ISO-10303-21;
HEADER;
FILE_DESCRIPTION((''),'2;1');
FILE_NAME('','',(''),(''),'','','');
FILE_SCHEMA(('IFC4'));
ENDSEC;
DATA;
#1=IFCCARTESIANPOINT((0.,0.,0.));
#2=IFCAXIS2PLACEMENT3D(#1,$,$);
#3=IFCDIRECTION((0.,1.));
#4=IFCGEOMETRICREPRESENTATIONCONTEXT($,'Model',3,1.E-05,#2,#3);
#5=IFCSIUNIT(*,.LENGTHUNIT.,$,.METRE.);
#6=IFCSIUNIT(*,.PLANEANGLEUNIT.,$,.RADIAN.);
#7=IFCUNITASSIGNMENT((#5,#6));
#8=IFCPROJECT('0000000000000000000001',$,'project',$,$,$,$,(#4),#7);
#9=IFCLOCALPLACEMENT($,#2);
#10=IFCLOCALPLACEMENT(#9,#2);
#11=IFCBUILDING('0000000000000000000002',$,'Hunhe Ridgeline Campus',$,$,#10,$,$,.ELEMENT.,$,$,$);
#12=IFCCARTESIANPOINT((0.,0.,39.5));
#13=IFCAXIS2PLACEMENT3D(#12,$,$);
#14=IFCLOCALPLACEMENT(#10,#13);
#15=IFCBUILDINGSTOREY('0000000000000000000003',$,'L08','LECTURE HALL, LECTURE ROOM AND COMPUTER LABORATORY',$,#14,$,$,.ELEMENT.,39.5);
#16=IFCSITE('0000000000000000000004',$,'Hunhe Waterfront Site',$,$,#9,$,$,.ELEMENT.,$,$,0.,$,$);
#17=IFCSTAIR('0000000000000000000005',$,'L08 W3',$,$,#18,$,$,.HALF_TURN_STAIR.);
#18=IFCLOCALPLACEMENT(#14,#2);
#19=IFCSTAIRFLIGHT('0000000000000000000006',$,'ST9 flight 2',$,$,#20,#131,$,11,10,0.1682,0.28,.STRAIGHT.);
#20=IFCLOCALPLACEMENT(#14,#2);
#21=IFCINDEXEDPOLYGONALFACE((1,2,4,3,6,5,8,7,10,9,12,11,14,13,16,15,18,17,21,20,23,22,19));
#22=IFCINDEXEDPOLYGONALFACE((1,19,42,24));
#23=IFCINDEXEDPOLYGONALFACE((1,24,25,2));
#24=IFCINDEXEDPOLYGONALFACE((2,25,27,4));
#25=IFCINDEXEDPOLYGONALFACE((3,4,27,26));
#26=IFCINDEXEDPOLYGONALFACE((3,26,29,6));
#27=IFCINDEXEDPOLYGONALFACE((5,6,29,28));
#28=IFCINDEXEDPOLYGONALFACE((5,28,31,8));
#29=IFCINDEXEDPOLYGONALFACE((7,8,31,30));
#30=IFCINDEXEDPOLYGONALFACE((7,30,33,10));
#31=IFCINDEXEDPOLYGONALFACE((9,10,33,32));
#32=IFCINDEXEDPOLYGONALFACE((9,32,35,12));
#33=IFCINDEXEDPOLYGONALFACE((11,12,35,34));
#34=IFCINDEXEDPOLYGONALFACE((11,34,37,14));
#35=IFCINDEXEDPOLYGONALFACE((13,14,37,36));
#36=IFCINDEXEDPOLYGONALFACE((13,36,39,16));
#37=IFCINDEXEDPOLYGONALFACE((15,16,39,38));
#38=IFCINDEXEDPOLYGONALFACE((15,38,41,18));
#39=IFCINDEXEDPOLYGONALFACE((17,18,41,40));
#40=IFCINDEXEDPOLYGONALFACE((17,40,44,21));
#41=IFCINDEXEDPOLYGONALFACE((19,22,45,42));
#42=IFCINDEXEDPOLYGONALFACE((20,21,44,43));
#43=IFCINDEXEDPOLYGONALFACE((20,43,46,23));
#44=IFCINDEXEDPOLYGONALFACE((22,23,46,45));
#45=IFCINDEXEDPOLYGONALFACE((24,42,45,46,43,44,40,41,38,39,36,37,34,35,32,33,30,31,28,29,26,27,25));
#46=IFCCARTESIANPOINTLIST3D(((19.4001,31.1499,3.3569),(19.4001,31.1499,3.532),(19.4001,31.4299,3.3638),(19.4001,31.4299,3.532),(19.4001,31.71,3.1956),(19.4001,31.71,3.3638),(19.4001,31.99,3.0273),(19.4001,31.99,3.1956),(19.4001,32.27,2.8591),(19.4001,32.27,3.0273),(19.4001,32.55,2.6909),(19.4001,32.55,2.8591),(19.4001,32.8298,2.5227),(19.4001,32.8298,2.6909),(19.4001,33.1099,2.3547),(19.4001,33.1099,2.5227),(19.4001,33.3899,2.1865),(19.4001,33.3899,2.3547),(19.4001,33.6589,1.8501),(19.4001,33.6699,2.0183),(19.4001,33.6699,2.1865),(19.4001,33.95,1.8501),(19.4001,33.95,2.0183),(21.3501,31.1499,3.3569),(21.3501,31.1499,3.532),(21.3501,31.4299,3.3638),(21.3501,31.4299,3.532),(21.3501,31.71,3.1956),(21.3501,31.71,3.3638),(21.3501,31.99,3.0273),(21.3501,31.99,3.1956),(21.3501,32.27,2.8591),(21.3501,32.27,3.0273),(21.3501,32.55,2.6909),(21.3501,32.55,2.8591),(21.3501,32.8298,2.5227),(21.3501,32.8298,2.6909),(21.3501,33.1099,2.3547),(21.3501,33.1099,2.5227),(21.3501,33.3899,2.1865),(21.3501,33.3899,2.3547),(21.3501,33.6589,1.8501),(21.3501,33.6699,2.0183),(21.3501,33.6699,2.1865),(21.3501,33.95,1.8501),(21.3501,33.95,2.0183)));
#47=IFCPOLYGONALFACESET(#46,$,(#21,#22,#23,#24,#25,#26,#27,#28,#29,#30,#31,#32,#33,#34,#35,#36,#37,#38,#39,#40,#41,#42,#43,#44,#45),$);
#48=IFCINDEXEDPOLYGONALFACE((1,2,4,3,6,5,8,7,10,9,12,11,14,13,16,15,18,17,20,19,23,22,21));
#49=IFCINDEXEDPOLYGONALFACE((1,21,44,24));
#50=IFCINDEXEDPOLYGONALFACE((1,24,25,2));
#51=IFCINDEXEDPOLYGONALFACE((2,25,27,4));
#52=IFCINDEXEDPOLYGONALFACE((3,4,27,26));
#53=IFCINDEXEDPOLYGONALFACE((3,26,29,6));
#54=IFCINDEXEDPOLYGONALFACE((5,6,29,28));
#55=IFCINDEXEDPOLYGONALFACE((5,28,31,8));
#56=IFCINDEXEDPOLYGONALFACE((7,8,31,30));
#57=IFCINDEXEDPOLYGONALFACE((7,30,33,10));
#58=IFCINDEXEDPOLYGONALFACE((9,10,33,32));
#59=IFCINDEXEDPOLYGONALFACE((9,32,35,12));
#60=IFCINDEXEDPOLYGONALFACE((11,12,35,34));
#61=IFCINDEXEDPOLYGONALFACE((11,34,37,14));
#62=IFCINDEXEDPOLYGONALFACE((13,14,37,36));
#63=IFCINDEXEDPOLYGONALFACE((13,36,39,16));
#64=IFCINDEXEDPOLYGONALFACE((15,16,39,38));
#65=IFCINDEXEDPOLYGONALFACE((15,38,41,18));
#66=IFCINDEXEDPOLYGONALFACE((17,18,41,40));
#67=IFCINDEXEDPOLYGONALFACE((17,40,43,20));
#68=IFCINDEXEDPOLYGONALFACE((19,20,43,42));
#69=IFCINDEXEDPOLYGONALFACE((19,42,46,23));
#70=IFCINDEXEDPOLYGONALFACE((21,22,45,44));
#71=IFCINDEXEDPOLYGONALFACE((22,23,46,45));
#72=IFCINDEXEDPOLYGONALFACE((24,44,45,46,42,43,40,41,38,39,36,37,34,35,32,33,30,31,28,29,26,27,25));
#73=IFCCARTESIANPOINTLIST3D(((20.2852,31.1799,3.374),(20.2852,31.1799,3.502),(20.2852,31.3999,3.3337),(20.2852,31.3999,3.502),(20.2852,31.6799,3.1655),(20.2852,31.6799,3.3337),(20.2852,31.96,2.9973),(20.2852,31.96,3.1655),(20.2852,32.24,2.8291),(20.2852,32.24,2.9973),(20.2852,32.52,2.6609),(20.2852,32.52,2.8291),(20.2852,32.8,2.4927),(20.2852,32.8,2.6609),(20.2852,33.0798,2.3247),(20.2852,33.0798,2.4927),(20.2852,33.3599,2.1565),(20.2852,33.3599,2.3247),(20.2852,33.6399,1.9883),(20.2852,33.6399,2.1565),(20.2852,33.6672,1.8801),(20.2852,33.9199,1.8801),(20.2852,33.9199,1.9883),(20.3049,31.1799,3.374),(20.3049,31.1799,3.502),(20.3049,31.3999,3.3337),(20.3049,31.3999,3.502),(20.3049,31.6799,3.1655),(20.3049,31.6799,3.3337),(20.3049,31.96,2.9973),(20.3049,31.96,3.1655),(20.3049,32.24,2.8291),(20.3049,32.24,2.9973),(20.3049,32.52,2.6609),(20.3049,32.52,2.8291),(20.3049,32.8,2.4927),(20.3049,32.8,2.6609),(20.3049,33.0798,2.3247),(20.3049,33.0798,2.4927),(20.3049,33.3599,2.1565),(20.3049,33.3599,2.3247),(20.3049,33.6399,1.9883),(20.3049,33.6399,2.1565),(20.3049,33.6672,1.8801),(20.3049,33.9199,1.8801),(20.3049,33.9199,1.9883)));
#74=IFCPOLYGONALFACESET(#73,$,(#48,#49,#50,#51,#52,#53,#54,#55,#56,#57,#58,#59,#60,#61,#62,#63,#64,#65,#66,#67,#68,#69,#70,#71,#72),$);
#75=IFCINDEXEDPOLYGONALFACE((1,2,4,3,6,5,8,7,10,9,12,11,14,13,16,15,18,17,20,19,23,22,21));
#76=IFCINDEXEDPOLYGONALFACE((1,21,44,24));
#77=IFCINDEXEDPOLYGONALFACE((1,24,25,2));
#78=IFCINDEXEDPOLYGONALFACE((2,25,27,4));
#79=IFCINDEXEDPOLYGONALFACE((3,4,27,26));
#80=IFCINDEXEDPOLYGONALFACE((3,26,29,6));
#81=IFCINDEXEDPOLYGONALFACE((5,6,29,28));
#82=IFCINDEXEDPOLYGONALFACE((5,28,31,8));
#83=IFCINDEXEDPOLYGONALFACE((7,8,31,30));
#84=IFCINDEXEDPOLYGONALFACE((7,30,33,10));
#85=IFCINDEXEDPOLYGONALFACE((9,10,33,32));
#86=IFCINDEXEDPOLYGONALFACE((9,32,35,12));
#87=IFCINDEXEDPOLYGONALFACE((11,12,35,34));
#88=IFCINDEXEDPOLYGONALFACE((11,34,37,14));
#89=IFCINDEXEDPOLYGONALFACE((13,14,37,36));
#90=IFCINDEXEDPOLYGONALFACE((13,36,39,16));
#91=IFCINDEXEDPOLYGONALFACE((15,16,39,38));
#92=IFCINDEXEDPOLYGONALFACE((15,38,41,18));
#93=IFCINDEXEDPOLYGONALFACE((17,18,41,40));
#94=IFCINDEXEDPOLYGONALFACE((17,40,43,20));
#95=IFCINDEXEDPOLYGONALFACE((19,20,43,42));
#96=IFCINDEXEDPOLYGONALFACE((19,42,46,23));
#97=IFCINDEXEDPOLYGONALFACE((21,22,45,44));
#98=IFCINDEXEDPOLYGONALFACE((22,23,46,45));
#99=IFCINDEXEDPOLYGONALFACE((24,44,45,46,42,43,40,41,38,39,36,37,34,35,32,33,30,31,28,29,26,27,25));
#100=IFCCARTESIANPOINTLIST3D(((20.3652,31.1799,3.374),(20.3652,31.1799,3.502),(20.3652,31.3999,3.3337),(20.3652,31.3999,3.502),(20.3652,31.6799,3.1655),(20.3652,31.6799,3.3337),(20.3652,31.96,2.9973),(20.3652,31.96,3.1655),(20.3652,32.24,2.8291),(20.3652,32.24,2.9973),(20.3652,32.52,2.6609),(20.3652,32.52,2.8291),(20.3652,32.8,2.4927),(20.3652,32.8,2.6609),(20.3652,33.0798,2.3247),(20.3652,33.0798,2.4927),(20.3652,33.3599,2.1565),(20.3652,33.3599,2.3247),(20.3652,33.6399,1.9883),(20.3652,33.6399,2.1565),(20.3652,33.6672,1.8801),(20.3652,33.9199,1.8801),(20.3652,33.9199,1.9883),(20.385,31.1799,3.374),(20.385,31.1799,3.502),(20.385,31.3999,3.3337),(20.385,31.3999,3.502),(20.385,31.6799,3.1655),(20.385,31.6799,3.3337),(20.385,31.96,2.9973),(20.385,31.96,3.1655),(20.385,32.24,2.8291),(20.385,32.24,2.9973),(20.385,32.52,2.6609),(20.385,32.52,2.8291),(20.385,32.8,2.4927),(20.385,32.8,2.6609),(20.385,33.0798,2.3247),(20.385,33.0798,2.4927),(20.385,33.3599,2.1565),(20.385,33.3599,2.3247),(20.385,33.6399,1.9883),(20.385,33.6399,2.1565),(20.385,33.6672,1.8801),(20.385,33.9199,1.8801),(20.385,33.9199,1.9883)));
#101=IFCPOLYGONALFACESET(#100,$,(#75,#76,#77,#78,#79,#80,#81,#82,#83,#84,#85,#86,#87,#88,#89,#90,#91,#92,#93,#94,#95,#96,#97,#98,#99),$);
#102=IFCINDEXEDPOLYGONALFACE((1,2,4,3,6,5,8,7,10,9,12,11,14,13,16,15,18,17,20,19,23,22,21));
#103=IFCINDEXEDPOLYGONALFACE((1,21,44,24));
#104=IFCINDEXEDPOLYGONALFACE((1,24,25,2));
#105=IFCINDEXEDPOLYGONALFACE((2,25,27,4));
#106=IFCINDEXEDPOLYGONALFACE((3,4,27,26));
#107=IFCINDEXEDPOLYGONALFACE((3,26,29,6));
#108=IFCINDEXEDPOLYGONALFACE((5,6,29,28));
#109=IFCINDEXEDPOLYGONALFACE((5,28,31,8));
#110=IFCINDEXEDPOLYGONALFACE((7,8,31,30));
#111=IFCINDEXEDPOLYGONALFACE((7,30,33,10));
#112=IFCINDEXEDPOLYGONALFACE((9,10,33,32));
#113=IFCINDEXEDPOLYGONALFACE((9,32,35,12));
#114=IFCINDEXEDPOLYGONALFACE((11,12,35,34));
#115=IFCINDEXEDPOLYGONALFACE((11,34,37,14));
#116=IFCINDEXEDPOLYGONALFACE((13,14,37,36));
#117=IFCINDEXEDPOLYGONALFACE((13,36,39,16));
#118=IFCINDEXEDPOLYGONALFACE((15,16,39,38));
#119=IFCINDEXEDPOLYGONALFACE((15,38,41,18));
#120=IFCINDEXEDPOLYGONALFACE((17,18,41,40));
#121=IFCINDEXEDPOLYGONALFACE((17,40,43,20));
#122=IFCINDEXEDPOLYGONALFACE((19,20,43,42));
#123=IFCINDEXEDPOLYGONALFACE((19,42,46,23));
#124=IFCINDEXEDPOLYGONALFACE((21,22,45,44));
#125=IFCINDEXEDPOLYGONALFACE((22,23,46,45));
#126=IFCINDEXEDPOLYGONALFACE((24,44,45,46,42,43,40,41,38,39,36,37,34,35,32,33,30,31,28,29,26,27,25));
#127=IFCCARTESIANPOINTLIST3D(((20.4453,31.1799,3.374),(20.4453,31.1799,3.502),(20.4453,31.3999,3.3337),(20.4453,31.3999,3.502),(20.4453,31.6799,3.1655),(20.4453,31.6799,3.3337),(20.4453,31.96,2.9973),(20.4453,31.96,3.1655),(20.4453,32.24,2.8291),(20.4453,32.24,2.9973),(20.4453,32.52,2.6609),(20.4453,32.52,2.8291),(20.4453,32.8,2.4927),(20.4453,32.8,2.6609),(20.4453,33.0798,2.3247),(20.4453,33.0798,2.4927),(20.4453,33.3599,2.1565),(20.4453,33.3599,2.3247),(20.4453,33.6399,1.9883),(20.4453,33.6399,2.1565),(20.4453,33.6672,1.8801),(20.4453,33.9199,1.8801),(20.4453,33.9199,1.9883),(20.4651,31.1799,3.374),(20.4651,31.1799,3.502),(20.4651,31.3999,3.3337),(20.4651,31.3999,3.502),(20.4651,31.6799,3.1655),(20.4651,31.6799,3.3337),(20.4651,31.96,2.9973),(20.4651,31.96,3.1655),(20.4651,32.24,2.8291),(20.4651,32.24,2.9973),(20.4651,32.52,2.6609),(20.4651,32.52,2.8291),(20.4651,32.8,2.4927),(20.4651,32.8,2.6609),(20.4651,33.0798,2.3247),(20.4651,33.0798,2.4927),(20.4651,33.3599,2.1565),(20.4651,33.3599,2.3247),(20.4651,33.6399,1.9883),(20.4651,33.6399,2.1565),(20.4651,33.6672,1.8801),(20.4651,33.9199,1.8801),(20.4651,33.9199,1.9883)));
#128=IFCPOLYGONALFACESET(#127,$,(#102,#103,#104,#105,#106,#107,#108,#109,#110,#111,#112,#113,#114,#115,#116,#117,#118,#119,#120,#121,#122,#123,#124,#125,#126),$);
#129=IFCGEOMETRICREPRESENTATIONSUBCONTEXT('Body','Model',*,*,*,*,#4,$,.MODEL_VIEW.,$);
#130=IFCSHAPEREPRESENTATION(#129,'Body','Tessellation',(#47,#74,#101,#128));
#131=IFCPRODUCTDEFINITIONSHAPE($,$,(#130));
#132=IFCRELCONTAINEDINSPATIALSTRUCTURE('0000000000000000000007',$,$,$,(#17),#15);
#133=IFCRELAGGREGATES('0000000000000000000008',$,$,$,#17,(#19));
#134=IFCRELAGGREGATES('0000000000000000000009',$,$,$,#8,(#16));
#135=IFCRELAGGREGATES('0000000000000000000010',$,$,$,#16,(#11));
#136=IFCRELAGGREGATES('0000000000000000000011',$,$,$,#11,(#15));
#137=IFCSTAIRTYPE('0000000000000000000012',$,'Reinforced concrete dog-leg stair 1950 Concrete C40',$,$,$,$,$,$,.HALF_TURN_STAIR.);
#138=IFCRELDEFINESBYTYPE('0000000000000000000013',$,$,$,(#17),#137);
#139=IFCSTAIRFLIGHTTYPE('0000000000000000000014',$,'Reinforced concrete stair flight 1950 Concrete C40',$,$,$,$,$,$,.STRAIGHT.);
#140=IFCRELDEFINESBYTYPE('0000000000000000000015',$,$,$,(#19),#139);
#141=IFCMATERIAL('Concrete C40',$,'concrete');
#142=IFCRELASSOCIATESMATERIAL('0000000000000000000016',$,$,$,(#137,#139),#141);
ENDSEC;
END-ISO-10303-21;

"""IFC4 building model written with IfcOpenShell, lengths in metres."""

from ifc_helpers import new_model, si_unit, direction, frame, origin, place, context, subcontext, project, spatial, polyline, outline, extrude, material, type_object, element, aggregate, save


model = new_model("IFC4")

# Units and contexts
model_context = context("Model", 3, precision=1e-05, world=origin(), true_north=direction((0.0, 1.0)))
body_context = subcontext(model_context, "Body", "Model", "MODEL_VIEW")
ifc_project = project(units=[si_unit("LENGTHUNIT", "METRE"), si_unit("PLANEANGLEUNIT", "RADIAN")], contexts=[model_context])

# Site, building, storey
site_placement = place(None, origin())
site = spatial("IfcSite", under=ifc_project, at=site_placement, Name="Hunhe Waterfront Site", CompositionType="ELEMENT", RefElevation=0.0)
building_placement = place(site_placement, origin())
building = spatial("IfcBuilding", under=site, at=building_placement, Name="Hunhe Ridgeline Campus", CompositionType="ELEMENT")
storey_placement = place(building_placement, frame((0.0, 0.0, 39.5)))
storey = spatial("IfcBuildingStorey", under=building, at=storey_placement, Name="L08", Description="LECTURE HALL, LECTURE ROOM AND COMPUTER LABORATORY", CompositionType="ELEMENT", Elevation=39.5)

# Stair, stair flight
ifc_material_1 = material(Name="Concrete C40", Category="concrete")
stair_type = type_object("IfcStairType", Name="Reinforced concrete dog-leg stair 1950 Concrete C40", PredefinedType="HALF_TURN_STAIR", material=ifc_material_1)
stair_placement = place(storey_placement, origin())
stair = element("IfcStair", 1, at=stair_placement, inside=storey, type_object=stair_type, Name="L08 W3", PredefinedType="HALF_TURN_STAIR")
stair_flight_type = type_object("IfcStairFlightType", Name="Reinforced concrete stair flight 1950 Concrete C40", PredefinedType="STRAIGHT", material=ifc_material_1)
stair_flight_placement = place(storey_placement, frame((20.375, 33.95, 1.8501), z_axis=(0.0, 0.0, 1.0), x_axis=(0.0, -1.0, 0.0)))
stair_flight = element("IfcStairFlight", 2, at=stair_flight_placement, type_object=stair_flight_type, Name="ST9 flight 2", NumberOfRisers=11, NumberOfTreads=10, PredefinedType="STRAIGHT", RiserHeight=0.1682, TreadLength=0.28, context=body_context, shape_type="SweptSolid", body=[
    extrude(outline(polyline([(0.0, 0.0), (0.0, 0.1682), (0.28, 0.1682), (0.28, 0.3364), (0.5601, 0.3364), (0.5601, 0.5046), (0.8401, 0.5046), (0.8401, 0.6726), (1.1201, 0.6726), (1.1201, 0.8408), (1.3999, 0.8408), (1.3999, 1.009), (1.6799, 1.009), (1.6799, 1.1772), (1.96, 1.1772), (1.96, 1.3455), (2.24, 1.3455), (2.24, 1.5137), (2.52, 1.5137), (2.52, 1.6819), (2.8, 1.6819), (2.8, 1.8501), (2.8, 1.5068), (0.291, 0.0), (0.0, 0.0)])), frame((0.0, 0.9751, 0.0), z_axis=(0.0, -1.0, 0.0), x_axis=(1.0, 0.0, 0.0)), (0.0, 0.0, 1.0), 1.95),
    extrude(outline(polyline([(0.03, 0.03), (0.03, 0.1382), (0.3101, 0.1382), (0.3101, 0.3064), (0.5901, 0.3064), (0.5901, 0.4746), (0.8701, 0.4746), (0.8701, 0.6426), (1.1499, 0.6426), (1.1499, 0.8108), (1.4299, 0.8108), (1.4299, 0.979), (1.71, 0.979), (1.71, 1.1472), (1.99, 1.1472), (1.99, 1.3154), (2.27, 1.3154), (2.27, 1.4836), (2.55, 1.4836), (2.55, 1.6519), (2.77, 1.6519), (2.77, 1.5239), (0.2827, 0.03), (0.03, 0.03)])), frame((0.0, -0.0701, 0.0), z_axis=(0.0, -1.0, 0.0), x_axis=(1.0, 0.0, 0.0)), (0.0, 0.0, 1.0), 0.0198),
    extrude(outline(polyline([(0.03, 0.03), (0.03, 0.1382), (0.3101, 0.1382), (0.3101, 0.3064), (0.5901, 0.3064), (0.5901, 0.4746), (0.8701, 0.4746), (0.8701, 0.6426), (1.1499, 0.6426), (1.1499, 0.8108), (1.4299, 0.8108), (1.4299, 0.979), (1.71, 0.979), (1.71, 1.1472), (1.99, 1.1472), (1.99, 1.3154), (2.27, 1.3154), (2.27, 1.4836), (2.55, 1.4836), (2.55, 1.6519), (2.77, 1.6519), (2.77, 1.5239), (0.2827, 0.03), (0.03, 0.03)])), frame((0.0, 0.01, 0.0), z_axis=(0.0, -1.0, 0.0), x_axis=(1.0, 0.0, 0.0)), (0.0, 0.0, 1.0), 0.0198),
    extrude(outline(polyline([(0.03, 0.03), (0.03, 0.1382), (0.3101, 0.1382), (0.3101, 0.3064), (0.5901, 0.3064), (0.5901, 0.4746), (0.8701, 0.4746), (0.8701, 0.6426), (1.1499, 0.6426), (1.1499, 0.8108), (1.4299, 0.8108), (1.4299, 0.979), (1.71, 0.979), (1.71, 1.1472), (1.99, 1.1472), (1.99, 1.3154), (2.27, 1.3154), (2.27, 1.4836), (2.55, 1.4836), (2.55, 1.6519), (2.77, 1.6519), (2.77, 1.5239), (0.2827, 0.03), (0.03, 0.03)])), frame((0.0, 0.0901, 0.0), z_axis=(0.0, -1.0, 0.0), x_axis=(1.0, 0.0, 0.0)), (0.0, 0.0, 1.0), 0.0198),
])
aggregate(stair, [stair_flight])

save(model, "model.ifc")
